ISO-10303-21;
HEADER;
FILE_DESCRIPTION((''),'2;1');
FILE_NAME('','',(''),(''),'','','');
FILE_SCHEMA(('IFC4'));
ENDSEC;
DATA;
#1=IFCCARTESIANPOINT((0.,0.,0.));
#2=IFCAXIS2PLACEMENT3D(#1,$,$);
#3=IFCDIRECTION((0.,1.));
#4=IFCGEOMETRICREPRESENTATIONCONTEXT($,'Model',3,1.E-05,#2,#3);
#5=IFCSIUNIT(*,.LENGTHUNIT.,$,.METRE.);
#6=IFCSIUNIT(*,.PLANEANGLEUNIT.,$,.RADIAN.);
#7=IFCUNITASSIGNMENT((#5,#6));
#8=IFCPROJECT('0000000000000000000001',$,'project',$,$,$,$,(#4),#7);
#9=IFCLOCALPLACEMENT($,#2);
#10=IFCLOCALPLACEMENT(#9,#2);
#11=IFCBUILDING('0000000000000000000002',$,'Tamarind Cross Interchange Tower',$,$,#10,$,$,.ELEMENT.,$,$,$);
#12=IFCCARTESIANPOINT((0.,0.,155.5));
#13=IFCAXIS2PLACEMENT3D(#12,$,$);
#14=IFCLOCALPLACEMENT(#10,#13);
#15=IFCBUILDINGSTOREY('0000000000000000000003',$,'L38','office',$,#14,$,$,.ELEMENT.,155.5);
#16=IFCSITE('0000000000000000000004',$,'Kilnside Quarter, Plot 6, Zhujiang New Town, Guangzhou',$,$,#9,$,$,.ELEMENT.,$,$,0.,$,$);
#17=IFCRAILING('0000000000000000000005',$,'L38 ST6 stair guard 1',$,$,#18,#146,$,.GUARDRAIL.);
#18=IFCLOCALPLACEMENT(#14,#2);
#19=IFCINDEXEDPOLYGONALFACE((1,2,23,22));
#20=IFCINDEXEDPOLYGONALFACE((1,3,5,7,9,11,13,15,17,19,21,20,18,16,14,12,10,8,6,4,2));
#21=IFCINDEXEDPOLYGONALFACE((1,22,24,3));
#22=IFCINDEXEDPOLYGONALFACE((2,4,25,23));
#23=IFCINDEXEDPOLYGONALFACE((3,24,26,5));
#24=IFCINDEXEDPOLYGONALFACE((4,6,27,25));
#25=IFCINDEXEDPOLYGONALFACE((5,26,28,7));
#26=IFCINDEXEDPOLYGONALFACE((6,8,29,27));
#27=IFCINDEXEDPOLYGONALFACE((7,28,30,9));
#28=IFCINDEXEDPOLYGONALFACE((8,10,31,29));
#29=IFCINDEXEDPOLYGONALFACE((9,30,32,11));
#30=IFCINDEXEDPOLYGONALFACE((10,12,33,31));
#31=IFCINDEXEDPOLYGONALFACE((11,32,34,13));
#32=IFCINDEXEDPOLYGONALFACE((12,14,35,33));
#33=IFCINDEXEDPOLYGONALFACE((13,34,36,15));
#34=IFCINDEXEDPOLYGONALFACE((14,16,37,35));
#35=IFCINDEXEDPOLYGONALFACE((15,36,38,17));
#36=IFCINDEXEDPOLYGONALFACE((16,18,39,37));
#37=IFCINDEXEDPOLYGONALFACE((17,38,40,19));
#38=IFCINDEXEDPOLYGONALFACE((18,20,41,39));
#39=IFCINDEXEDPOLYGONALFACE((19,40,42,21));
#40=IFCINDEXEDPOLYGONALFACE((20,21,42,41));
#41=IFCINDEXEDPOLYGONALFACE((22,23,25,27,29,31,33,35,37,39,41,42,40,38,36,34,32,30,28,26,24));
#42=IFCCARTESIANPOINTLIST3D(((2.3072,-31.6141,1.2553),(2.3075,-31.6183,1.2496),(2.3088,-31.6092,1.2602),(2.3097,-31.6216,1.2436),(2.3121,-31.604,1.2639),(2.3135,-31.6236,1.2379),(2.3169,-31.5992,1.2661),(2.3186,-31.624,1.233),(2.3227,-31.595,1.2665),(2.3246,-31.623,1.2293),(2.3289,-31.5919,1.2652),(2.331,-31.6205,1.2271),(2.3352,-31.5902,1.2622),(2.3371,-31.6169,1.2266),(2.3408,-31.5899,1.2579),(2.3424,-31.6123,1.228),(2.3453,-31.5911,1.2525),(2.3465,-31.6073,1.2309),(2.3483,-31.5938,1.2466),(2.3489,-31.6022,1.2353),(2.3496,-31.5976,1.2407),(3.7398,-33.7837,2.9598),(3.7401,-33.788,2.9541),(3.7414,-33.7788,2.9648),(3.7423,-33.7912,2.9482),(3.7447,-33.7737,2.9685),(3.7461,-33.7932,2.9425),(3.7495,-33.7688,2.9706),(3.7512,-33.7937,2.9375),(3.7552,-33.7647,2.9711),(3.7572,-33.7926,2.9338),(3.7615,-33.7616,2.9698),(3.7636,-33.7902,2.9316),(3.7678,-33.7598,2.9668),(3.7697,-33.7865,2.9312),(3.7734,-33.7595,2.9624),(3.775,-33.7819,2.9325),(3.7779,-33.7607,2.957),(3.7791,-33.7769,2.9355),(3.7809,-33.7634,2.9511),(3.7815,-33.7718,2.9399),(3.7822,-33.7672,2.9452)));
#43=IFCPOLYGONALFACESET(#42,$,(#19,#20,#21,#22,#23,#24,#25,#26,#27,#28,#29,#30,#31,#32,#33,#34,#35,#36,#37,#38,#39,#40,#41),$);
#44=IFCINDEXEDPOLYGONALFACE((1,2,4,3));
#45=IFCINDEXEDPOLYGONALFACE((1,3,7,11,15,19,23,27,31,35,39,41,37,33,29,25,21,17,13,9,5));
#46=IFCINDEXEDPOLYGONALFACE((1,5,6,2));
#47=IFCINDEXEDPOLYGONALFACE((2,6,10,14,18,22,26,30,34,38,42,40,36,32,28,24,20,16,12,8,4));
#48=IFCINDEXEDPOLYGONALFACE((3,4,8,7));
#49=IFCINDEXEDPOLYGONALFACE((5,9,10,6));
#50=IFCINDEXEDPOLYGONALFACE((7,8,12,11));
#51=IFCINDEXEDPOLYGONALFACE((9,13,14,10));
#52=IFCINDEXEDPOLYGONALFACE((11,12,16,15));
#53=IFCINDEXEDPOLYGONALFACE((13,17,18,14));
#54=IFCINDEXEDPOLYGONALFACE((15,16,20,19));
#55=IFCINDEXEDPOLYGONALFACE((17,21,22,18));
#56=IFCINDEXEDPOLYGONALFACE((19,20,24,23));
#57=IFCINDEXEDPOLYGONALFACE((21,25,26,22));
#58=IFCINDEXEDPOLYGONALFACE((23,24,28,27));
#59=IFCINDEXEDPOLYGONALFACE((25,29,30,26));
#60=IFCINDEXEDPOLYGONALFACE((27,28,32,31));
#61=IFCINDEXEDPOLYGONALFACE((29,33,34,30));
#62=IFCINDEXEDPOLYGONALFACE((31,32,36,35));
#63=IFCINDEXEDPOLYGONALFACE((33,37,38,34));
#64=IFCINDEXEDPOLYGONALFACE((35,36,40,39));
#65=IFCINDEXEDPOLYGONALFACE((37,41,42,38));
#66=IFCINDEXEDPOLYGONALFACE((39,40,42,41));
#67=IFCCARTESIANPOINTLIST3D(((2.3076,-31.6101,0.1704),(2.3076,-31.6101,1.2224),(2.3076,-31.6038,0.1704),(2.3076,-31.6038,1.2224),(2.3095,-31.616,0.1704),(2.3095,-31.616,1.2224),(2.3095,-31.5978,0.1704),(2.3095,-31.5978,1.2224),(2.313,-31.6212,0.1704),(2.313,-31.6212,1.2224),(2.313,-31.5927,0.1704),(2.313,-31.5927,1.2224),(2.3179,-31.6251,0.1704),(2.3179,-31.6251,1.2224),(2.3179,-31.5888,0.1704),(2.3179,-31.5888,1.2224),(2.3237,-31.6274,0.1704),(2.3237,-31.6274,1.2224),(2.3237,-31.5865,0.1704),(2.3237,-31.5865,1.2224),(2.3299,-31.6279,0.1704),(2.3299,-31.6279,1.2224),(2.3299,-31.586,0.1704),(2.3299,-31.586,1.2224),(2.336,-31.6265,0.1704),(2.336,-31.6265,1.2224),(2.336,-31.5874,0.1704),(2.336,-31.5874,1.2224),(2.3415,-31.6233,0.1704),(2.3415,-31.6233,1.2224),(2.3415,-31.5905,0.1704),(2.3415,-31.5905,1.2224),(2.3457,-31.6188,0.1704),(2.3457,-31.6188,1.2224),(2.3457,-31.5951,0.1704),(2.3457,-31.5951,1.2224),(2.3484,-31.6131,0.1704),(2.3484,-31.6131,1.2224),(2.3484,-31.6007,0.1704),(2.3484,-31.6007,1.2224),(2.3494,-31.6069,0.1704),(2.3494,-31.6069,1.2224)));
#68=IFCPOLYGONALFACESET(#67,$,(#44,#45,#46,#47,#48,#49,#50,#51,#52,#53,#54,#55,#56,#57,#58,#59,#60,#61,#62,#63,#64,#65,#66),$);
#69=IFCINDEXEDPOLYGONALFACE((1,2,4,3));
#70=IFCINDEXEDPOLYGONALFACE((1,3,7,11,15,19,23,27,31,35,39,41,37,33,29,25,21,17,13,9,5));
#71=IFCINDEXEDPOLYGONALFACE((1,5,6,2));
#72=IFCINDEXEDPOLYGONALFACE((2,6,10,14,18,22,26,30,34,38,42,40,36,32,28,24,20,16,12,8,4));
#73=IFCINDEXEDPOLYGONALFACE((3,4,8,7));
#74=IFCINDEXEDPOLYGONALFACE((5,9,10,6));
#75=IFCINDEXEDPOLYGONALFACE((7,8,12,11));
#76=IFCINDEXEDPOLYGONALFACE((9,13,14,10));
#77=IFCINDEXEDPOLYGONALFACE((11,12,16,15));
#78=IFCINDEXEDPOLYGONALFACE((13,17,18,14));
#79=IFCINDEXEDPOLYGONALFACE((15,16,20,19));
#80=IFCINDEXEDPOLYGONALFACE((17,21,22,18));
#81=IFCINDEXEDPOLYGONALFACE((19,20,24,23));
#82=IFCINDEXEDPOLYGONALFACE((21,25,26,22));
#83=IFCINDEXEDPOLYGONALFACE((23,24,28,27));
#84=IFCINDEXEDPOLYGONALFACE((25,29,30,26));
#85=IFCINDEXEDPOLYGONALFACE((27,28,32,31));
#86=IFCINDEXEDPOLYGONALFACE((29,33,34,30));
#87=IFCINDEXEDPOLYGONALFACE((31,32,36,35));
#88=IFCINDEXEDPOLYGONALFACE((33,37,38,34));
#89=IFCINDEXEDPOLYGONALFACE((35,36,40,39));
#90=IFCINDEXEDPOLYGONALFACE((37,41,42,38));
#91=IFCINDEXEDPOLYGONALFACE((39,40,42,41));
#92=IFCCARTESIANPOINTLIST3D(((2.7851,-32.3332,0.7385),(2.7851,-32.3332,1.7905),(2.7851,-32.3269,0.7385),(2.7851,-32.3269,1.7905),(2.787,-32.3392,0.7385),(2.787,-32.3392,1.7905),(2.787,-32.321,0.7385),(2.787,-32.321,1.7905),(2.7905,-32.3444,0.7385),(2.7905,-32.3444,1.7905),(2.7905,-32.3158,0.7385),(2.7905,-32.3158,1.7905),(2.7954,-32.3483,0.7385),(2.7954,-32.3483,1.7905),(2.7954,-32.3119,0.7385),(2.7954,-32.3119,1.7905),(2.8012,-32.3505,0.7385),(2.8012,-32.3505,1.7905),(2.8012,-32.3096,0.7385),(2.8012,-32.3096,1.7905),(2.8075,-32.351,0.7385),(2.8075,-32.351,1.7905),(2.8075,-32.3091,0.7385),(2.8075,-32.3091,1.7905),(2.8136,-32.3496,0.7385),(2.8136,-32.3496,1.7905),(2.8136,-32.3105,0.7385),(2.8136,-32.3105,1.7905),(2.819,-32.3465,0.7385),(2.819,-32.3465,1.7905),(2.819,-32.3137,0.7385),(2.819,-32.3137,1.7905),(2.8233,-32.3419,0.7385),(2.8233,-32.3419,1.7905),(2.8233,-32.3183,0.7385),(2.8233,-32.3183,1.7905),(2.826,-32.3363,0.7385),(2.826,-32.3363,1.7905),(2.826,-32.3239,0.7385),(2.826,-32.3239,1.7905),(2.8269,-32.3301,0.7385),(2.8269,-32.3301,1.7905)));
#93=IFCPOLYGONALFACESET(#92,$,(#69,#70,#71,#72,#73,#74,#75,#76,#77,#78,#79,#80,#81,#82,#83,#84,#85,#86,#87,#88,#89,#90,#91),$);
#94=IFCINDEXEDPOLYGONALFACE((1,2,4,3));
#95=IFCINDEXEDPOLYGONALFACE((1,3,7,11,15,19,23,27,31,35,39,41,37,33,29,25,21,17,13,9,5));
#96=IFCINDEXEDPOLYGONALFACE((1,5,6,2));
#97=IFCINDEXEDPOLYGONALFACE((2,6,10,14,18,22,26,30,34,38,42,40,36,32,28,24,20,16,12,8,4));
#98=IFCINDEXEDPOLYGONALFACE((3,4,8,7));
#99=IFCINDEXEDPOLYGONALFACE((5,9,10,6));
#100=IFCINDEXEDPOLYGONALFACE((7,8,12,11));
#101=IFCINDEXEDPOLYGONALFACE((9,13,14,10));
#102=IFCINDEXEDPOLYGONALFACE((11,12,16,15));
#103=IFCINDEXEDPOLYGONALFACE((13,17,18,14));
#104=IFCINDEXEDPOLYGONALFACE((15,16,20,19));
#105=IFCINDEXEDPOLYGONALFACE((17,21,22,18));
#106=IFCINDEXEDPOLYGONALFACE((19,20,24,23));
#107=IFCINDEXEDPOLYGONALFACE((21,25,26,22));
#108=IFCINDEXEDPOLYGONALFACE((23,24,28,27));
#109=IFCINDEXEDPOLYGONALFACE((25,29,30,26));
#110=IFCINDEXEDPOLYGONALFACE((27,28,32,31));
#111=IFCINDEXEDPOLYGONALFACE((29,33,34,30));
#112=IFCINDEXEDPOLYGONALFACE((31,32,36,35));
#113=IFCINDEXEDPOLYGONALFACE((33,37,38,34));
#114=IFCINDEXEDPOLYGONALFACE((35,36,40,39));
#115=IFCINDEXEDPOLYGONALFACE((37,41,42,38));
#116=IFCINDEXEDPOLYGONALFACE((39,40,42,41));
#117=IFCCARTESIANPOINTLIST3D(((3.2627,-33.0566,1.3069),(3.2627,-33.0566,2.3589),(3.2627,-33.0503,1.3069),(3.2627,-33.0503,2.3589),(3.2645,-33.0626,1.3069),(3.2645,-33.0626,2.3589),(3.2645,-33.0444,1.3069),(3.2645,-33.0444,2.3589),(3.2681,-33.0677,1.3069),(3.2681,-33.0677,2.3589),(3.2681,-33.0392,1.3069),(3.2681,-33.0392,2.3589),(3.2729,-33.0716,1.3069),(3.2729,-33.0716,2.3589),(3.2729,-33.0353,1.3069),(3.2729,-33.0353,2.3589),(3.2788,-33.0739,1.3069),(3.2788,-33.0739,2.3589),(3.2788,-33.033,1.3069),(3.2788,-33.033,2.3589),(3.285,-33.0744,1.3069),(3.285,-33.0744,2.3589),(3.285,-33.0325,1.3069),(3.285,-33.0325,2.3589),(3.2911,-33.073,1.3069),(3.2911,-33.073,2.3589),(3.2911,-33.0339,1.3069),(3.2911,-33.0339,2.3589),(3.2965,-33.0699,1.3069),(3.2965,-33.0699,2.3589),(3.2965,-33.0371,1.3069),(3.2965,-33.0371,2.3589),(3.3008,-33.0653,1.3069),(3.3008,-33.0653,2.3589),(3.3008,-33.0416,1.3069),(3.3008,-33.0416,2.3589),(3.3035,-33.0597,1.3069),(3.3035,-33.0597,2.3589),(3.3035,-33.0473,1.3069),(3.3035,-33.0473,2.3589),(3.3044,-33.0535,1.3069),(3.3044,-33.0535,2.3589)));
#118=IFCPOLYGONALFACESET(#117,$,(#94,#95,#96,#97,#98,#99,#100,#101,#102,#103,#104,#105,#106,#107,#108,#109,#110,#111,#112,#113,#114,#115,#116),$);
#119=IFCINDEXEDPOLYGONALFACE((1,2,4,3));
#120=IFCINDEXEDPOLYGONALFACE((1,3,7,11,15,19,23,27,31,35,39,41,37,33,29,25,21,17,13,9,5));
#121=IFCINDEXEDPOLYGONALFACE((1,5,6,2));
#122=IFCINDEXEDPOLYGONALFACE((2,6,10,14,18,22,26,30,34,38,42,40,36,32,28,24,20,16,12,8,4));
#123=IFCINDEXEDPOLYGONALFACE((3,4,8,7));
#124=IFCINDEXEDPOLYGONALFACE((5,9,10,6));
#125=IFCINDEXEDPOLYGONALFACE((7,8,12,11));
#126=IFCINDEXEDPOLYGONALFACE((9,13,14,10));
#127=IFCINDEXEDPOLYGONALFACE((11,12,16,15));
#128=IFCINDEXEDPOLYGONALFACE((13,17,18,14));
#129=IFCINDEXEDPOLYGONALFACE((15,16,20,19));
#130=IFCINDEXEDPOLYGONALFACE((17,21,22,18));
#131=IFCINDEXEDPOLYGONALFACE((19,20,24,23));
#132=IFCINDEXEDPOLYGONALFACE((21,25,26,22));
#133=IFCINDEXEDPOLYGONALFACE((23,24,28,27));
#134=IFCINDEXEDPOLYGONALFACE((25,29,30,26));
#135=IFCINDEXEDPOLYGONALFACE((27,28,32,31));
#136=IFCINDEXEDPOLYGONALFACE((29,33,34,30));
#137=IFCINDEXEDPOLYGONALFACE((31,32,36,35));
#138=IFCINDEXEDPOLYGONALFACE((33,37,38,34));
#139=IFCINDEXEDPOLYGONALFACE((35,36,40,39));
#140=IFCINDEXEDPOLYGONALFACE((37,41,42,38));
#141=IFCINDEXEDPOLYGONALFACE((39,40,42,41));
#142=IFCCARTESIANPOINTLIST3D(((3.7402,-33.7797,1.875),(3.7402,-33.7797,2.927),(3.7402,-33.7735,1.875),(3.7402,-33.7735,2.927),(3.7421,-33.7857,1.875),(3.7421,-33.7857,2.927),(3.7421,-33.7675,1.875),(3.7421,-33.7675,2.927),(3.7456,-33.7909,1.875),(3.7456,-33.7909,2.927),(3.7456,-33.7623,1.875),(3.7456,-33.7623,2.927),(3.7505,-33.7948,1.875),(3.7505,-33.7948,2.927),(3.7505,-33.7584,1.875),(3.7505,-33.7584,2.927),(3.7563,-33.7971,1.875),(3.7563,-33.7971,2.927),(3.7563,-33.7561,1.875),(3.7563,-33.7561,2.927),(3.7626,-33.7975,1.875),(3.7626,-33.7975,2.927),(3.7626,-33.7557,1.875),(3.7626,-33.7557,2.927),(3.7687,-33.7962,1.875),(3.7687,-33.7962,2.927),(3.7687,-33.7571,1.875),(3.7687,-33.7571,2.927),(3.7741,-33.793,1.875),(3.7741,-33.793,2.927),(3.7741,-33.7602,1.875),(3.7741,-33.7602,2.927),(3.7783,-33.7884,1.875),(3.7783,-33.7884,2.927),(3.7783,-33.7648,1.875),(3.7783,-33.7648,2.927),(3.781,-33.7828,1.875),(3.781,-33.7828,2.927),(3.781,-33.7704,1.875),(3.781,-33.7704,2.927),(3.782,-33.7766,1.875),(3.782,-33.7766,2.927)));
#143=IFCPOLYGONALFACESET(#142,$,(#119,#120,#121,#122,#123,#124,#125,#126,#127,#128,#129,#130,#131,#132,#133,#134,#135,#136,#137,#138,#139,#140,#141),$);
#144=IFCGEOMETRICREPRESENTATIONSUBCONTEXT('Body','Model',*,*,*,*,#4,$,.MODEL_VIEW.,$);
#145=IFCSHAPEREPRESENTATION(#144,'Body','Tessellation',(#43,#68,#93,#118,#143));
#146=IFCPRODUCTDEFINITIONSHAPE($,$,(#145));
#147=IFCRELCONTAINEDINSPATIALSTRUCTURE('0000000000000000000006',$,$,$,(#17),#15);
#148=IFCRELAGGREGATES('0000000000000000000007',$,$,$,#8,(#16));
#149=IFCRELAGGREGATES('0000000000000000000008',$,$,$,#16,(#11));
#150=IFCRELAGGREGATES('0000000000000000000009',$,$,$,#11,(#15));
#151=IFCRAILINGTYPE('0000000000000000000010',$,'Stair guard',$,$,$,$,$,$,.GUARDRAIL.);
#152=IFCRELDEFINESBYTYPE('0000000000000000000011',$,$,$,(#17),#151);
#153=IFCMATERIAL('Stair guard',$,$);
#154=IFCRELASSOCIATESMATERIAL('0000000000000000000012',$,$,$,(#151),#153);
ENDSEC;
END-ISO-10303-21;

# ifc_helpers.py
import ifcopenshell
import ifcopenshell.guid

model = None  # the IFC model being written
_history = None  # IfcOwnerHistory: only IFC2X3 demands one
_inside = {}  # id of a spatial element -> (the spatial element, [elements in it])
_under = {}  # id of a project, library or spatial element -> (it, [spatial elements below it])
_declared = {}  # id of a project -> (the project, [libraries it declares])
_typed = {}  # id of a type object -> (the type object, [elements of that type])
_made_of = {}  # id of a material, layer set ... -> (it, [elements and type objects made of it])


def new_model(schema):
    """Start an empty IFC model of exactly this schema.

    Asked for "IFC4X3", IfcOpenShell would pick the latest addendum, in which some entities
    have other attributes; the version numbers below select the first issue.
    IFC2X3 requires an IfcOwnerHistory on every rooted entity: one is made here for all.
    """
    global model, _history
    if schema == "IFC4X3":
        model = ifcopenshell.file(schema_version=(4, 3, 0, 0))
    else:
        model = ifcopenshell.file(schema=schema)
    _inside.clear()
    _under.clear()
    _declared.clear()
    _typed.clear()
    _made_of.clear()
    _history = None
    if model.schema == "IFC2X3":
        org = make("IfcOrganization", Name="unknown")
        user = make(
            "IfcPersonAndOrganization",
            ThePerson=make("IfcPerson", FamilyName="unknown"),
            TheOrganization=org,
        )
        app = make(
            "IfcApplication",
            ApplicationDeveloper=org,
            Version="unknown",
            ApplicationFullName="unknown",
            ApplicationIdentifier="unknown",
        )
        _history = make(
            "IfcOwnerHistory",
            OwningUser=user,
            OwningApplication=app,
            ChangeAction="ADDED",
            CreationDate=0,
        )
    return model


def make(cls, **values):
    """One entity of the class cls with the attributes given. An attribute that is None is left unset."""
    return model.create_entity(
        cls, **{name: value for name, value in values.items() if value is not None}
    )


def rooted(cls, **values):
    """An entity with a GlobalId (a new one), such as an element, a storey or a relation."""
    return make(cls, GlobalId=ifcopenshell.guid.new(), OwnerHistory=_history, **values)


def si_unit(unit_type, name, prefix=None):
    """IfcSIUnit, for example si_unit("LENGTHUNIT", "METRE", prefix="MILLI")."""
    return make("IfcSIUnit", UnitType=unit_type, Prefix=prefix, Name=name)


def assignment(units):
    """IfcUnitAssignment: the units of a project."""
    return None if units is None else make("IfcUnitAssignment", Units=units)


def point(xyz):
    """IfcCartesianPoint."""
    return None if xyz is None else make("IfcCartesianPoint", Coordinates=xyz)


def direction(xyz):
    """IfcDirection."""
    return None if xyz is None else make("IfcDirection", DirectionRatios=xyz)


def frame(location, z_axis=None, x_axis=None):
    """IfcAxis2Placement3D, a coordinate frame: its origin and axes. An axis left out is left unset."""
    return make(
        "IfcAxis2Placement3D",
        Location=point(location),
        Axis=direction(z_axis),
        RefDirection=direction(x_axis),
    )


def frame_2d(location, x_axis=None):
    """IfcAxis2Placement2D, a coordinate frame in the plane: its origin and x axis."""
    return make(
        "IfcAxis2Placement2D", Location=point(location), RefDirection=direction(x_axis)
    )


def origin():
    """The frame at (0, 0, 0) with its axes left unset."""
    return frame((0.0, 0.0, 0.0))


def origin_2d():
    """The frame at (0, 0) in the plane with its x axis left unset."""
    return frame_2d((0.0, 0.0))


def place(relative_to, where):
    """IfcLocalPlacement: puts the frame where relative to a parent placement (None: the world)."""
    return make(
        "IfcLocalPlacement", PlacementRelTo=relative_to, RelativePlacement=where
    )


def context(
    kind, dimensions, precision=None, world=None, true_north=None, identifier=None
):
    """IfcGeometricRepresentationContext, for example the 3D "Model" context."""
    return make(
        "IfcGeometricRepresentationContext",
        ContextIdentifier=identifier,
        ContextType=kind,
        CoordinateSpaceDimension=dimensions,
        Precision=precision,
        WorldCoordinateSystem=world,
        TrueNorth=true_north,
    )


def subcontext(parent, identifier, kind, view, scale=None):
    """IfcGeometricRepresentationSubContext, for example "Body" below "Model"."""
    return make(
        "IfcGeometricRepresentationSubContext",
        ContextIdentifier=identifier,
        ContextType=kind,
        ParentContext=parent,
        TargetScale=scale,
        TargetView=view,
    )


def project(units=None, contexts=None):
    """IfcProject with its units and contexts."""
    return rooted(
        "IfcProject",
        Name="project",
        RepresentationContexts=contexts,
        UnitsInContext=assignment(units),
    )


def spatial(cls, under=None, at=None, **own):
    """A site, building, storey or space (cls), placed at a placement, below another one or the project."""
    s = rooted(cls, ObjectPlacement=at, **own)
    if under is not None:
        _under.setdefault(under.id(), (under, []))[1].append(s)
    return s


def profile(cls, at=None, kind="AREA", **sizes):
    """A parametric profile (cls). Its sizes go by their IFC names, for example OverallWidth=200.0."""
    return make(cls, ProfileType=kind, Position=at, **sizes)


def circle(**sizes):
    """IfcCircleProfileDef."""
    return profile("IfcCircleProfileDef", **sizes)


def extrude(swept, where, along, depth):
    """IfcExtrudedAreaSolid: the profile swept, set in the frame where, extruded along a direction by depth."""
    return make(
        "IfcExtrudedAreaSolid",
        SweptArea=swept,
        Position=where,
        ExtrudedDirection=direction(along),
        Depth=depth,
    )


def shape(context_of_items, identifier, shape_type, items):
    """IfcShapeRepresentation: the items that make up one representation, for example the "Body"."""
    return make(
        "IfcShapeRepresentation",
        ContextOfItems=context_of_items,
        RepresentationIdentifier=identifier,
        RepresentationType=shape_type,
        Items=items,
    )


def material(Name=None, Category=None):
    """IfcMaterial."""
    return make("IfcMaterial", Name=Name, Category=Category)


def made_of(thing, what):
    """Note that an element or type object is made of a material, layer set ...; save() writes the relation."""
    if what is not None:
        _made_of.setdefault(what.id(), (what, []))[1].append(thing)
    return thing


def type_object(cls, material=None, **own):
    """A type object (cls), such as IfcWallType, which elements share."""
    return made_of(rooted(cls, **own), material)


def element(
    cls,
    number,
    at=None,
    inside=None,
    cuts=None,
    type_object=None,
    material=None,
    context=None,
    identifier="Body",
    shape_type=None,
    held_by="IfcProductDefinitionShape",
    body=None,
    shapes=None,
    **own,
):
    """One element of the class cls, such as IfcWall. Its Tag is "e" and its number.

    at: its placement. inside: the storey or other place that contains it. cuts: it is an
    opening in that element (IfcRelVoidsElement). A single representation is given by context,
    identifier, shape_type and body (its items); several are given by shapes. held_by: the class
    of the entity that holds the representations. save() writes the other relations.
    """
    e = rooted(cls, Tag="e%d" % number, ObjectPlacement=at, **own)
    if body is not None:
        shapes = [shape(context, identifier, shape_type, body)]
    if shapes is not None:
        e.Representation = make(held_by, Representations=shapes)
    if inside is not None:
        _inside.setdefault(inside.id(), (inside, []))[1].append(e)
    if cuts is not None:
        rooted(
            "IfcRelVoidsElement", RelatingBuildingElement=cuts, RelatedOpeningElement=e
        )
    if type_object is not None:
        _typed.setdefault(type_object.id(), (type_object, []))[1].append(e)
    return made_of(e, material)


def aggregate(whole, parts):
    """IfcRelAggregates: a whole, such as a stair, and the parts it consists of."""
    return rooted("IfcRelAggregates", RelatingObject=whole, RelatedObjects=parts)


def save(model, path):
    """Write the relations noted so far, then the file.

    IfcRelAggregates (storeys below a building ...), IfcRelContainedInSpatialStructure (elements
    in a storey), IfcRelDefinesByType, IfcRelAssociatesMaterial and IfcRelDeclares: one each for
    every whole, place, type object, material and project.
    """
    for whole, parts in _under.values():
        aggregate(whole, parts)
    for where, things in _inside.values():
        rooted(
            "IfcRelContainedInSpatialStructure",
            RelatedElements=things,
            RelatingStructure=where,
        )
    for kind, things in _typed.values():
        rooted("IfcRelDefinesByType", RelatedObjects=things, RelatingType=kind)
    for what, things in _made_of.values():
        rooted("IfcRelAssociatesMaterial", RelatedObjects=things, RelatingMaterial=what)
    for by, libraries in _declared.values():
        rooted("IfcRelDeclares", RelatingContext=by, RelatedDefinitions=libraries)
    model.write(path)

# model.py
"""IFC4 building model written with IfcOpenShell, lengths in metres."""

from ifc_helpers import new_model, si_unit, direction, frame, origin, origin_2d, place, context, subcontext, project, spatial, circle, extrude, material, type_object, element, save


model = new_model("IFC4")

# Units and contexts
model_context = context("Model", 3, precision=1e-05, world=origin(), true_north=direction((0.0, 1.0)))
body_context = subcontext(model_context, "Body", "Model", "MODEL_VIEW")
ifc_project = project(units=[si_unit("LENGTHUNIT", "METRE"), si_unit("PLANEANGLEUNIT", "RADIAN")], contexts=[model_context])

# Site, building, storey
site_placement = place(None, origin())
site = spatial("IfcSite", under=ifc_project, at=site_placement, Name="Kilnside Quarter, Plot 6, Zhujiang New Town, Guangzhou", CompositionType="ELEMENT", RefElevation=0.0)
building_placement = place(site_placement, origin())
building = spatial("IfcBuilding", under=site, at=building_placement, Name="Tamarind Cross Interchange Tower", CompositionType="ELEMENT")
storey_placement = place(building_placement, frame((0.0, 0.0, 155.5)))
storey = spatial("IfcBuildingStorey", under=building, at=storey_placement, Name="L38", Description="office", CompositionType="ELEMENT", Elevation=155.5)

# Railing
ifc_material_1 = material(Name="Stair guard")
railing_type_1 = type_object("IfcRailingType", Name="Stair guard", PredefinedType="GUARDRAIL", material=ifc_material_1)
railing_1_placement = place(storey_placement, frame((2.3284, -31.6069, 0.1704)))
element("IfcRailing", 1, at=railing_1_placement, inside=storey, type_object=railing_type_1, Name="L38 ST6 stair guard 1", PredefinedType="GUARDRAIL", context=body_context, shape_type="SweptSolid", body=[
    extrude(circle(Radius=0.0239, at=origin_2d()), frame((0.0, 0.0, 1.0762), z_axis=(0.460805, -0.697883, 0.548286), x_axis=(0.834498, 0.551011, 0.0)), (0.0, 0.0, 1.0), 3.1089),
    extrude(circle(Radius=0.021, at=origin_2d()), origin(), (0.0, 0.0, 1.0), 1.052),
    extrude(circle(Radius=0.021, at=origin_2d()), frame((0.4775, -0.7231, 0.5681)), (0.0, 0.0, 1.0), 1.052),
    extrude(circle(Radius=0.021, at=origin_2d()), frame((0.9551, -1.4465, 1.1365)), (0.0, 0.0, 1.0), 1.052),
    extrude(circle(Radius=0.021, at=origin_2d()), frame((1.4326, -2.1697, 1.7046)), (0.0, 0.0, 1.0), 1.052),
])

save(model, "model.ifc")
